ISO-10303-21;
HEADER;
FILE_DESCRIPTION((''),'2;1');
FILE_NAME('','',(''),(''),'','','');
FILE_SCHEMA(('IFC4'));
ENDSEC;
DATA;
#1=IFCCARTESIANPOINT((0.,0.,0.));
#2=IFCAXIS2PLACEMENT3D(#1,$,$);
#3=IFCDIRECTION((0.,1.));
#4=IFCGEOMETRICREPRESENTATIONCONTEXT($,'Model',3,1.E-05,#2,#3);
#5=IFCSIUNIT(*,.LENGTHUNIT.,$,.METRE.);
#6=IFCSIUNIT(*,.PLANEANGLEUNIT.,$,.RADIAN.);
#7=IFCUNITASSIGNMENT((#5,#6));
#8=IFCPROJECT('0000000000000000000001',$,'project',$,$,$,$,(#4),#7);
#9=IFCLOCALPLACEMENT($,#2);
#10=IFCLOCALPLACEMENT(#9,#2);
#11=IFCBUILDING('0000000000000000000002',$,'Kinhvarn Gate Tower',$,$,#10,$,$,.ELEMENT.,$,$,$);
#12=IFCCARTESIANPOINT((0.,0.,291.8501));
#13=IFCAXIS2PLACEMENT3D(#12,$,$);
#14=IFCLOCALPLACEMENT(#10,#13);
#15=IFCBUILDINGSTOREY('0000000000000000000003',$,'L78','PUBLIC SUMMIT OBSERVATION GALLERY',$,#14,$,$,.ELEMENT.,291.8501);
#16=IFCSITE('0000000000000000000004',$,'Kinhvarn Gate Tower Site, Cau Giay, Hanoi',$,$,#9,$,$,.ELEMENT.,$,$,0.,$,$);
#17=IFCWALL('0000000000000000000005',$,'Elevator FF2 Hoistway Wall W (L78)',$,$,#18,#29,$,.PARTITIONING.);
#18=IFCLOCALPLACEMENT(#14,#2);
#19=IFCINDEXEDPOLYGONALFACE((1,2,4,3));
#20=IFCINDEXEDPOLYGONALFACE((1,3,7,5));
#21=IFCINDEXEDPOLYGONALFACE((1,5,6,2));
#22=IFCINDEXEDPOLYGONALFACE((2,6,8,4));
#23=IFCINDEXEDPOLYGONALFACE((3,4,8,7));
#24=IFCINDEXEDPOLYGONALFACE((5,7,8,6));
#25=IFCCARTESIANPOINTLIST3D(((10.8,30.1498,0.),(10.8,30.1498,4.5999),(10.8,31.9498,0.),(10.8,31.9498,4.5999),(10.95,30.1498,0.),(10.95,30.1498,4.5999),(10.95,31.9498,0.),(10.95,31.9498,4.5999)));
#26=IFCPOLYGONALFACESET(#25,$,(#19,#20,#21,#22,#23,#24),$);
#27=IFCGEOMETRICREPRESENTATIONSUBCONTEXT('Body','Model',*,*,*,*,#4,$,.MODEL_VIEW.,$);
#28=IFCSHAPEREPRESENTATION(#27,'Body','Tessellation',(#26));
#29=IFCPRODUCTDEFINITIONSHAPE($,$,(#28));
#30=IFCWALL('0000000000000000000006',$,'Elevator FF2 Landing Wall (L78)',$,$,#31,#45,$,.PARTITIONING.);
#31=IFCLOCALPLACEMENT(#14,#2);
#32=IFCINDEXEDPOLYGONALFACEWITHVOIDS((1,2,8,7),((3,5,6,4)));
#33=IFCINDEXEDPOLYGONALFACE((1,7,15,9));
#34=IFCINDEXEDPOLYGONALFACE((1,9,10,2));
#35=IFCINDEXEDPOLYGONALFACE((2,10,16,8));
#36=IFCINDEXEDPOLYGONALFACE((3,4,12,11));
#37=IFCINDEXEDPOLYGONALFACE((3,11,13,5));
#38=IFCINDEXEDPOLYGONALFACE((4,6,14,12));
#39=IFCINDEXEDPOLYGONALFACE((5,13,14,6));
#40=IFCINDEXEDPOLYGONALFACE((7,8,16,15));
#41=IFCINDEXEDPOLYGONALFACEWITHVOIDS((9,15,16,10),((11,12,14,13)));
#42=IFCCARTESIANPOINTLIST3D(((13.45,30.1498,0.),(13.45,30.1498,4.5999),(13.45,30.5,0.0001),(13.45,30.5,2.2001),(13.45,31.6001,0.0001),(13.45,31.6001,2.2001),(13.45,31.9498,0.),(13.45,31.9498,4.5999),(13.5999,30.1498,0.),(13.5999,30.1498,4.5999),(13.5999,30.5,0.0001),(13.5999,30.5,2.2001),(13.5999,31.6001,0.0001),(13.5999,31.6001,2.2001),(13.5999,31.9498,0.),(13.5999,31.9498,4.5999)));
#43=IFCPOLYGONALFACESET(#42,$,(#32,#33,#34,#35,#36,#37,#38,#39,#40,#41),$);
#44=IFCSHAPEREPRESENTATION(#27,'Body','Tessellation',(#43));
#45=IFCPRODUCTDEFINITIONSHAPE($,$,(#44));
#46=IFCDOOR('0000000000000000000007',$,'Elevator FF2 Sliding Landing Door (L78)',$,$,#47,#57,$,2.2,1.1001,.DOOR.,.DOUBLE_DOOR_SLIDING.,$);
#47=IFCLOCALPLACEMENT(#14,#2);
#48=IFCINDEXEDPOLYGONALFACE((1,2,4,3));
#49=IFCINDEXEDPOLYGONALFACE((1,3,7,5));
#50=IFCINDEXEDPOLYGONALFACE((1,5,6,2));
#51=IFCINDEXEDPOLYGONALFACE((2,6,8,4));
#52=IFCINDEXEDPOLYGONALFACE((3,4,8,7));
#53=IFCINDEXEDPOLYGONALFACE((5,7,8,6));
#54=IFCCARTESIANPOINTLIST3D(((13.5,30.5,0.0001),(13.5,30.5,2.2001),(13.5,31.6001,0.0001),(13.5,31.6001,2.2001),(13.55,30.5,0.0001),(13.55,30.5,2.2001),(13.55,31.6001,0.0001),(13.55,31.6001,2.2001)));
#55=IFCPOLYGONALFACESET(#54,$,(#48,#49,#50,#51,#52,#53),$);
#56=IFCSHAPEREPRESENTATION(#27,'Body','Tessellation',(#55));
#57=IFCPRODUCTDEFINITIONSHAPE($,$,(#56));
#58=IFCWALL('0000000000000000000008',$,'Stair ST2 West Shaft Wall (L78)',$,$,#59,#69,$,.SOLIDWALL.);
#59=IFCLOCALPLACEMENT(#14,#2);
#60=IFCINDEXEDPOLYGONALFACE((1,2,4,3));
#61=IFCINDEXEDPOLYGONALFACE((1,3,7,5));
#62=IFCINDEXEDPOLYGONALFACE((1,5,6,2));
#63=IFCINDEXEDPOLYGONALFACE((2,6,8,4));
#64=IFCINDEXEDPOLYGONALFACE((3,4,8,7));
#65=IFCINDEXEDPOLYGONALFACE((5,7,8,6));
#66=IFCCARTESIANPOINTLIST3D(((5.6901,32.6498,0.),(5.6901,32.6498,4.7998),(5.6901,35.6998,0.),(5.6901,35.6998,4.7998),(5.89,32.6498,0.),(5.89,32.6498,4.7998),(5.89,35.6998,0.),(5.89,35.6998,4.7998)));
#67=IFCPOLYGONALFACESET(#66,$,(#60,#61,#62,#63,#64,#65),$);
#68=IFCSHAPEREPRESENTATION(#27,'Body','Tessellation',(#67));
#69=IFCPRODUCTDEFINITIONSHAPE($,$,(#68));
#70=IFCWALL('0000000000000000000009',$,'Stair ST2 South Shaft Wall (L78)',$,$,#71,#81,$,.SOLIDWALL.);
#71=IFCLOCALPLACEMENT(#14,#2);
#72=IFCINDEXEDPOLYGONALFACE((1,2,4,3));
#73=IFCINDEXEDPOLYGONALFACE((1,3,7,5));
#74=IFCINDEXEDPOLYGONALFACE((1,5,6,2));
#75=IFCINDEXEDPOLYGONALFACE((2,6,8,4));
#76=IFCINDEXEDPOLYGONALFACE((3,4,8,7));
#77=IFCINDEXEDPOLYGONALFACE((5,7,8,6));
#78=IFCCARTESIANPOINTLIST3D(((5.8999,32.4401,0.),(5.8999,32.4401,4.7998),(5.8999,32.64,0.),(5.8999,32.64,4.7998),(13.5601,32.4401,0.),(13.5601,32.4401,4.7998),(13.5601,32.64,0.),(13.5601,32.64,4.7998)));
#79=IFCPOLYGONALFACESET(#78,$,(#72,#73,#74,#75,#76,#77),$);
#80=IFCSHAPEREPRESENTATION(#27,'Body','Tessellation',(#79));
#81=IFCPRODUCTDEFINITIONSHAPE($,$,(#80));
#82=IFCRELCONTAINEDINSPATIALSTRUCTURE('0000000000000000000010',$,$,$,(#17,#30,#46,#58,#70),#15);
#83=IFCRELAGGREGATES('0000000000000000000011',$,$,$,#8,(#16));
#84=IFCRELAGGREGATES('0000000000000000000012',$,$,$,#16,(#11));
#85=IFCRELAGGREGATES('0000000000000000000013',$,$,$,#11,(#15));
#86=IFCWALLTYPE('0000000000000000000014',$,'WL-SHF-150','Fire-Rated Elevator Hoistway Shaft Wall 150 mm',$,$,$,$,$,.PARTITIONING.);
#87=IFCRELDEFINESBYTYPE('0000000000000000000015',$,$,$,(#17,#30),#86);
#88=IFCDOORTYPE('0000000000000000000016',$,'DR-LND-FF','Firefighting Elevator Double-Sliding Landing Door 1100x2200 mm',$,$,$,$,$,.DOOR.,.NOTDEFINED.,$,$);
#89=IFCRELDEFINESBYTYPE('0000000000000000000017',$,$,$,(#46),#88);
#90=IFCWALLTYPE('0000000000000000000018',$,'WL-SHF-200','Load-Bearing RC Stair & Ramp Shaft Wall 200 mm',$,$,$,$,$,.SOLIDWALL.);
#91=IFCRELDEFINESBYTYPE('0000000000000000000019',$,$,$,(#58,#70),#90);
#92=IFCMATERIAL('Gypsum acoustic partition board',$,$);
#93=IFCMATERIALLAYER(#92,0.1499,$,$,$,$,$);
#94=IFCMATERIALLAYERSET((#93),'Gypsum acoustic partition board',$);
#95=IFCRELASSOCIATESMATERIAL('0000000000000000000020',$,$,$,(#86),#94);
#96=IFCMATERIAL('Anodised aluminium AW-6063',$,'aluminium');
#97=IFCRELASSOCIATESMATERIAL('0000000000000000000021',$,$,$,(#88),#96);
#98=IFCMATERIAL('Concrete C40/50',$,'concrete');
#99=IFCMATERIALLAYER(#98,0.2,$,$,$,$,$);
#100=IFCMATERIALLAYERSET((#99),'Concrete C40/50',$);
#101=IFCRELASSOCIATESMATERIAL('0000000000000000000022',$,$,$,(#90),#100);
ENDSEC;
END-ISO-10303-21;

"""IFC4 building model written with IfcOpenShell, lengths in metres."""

from ifc_helpers import new_model, si_unit, direction, frame, frame_2d, origin, place, context, subcontext, project, spatial, rectangle, extrude, material, layer, layer_set, type_object, element, fill, save


model = new_model("IFC4")

# Units and contexts
model_context = context("Model", 3, precision=1e-05, world=origin(), true_north=direction((0.0, 1.0)))
body_context = subcontext(model_context, "Body", "Model", "MODEL_VIEW")
ifc_project = project(units=[si_unit("LENGTHUNIT", "METRE"), si_unit("PLANEANGLEUNIT", "RADIAN")], contexts=[model_context])

# Site, building, storey
site_placement = place(None, origin())
site = spatial("IfcSite", under=ifc_project, at=site_placement, Name="Kinhvarn Gate Tower Site, Cau Giay, Hanoi", CompositionType="ELEMENT", RefElevation=0.0)
building_placement = place(site_placement, origin())
building = spatial("IfcBuilding", under=site, at=building_placement, Name="Kinhvarn Gate Tower", CompositionType="ELEMENT")
storey_placement = place(building_placement, frame((0.0, 0.0, 291.8501)))
storey = spatial("IfcBuildingStorey", under=building, at=storey_placement, Name="L78", Description="PUBLIC SUMMIT OBSERVATION GALLERY", CompositionType="ELEMENT", Elevation=291.8501)

# Shared definitions
ifc_material_1 = material(Name="Gypsum acoustic partition board")

# Shared definitions
ifc_material_2 = material(Name="Anodised aluminium AW-6063", Category="aluminium")

# Shared definitions
ifc_layer_1 = layer(ifc_material_1, 0.1499)
ifc_layer_set_1 = layer_set([ifc_layer_1], Name="Gypsum acoustic partition board")
wall_type_1 = type_object("IfcWallType", Name="WL-SHF-150", Description="Fire-Rated Elevator Hoistway Shaft Wall 150 mm", PredefinedType="PARTITIONING", material=ifc_layer_set_1)

# Shared definitions
door_type_1 = type_object("IfcDoorType", Name="DR-LND-FF", Description="Firefighting Elevator Double-Sliding Landing Door 1100x2200 mm", OperationType="NOTDEFINED", PredefinedType="DOOR", material=ifc_material_2)

# Wall
wall_1_placement = place(storey_placement, frame((10.875, 30.1499, 0.0), z_axis=(0.0, 0.0, 1.0), x_axis=(0.0, 1.0, 0.0)))
element("IfcWall", 1, at=wall_1_placement, inside=storey, type_object=wall_type_1, Name="Elevator FF2 Hoistway Wall W (L78)", PredefinedType="PARTITIONING", context=body_context, shape_type="SweptSolid", body=[
    extrude(rectangle(XDim=1.8, YDim=0.1499, at=frame_2d((0.8999, 0.0))), origin(), (0.0, 0.0, 1.0), 4.5999),
])

# Wall, opening, door
wall_2_placement = place(storey_placement, frame((13.5249, 30.1499, 0.0), z_axis=(0.0, 0.0, 1.0), x_axis=(0.0, 1.0, 0.0)))
wall_2 = element("IfcWall", 2, at=wall_2_placement, inside=storey, type_object=wall_type_1, Name="Elevator FF2 Landing Wall (L78)", PredefinedType="PARTITIONING", context=body_context, shape_type="SweptSolid", body=[
    extrude(rectangle(XDim=1.8, YDim=0.1499, at=frame_2d((0.8999, 0.0))), origin(), (0.0, 0.0, 1.0), 4.5999),
])
opening_1_placement = place(wall_2_placement, frame((0.3501, 0.0, 0.0)))
opening_1 = element("IfcOpeningElement", 3, at=opening_1_placement, cuts=wall_2, PredefinedType="OPENING", context=body_context, shape_type="SweptSolid", body=[
    extrude(rectangle(XDim=1.1001, YDim=2.2, at=frame_2d((0.55, 1.1001))), frame((0.0, 0.085, 0.0), z_axis=(0.0, -1.0, 0.0), x_axis=(1.0, 0.0, 0.0)), (0.0, 0.0, 1.0), 0.1699),
])
door_1_placement = place(opening_1_placement, origin())
door_1 = element("IfcDoor", 4, at=door_1_placement, inside=storey, type_object=door_type_1, Name="Elevator FF2 Sliding Landing Door (L78)", OperationType="DOUBLE_DOOR_SLIDING", OverallHeight=2.2, OverallWidth=1.1001, PredefinedType="DOOR", context=body_context, shape_type="SweptSolid", body=[
    extrude(rectangle(XDim=1.1001, YDim=2.2, at=frame_2d((0.55, 1.1001))), frame((0.0, 0.0249, 0.0), z_axis=(0.0, -1.0, 0.0), x_axis=(1.0, 0.0, 0.0)), (0.0, 0.0, 1.0), 0.05),
])
fill(opening_1, door_1)

# Walls
ifc_material_3 = material(Name="Concrete C40/50", Category="concrete")
ifc_layer_2 = layer(ifc_material_3, 0.2)
ifc_layer_set_2 = layer_set([ifc_layer_2], Name="Concrete C40/50")
wall_type_2 = type_object("IfcWallType", Name="WL-SHF-200", Description="Load-Bearing RC Stair & Ramp Shaft Wall 200 mm", PredefinedType="SOLIDWALL", material=ifc_layer_set_2)
wall_3_placement = place(storey_placement, frame((5.79, 32.6499, 0.0), z_axis=(0.0, 0.0, 1.0), x_axis=(0.0, 1.0, 0.0)))
element("IfcWall", 5, at=wall_3_placement, inside=storey, type_object=wall_type_2, Name="Stair ST2 West Shaft Wall (L78)", PredefinedType="SOLIDWALL", context=body_context, shape_type="SweptSolid", body=[
    extrude(rectangle(XDim=3.05, YDim=0.2, at=frame_2d((1.5249, 0.0))), origin(), (0.0, 0.0, 1.0), 4.7998),
])
wall_4_placement = place(storey_placement, frame((5.8999, 32.54, 0.0), z_axis=(0.0, 0.0, 1.0), x_axis=(1.0, 0.0, 0.0)))
element("IfcWall", 6, at=wall_4_placement, inside=storey, type_object=wall_type_2, Name="Stair ST2 South Shaft Wall (L78)", PredefinedType="SOLIDWALL", context=body_context, shape_type="SweptSolid", body=[
    extrude(rectangle(XDim=7.6602, YDim=0.2, at=frame_2d((3.8301, 0.0))), origin(), (0.0, 0.0, 1.0), 4.7998),
])

save(model, "model.ifc")
